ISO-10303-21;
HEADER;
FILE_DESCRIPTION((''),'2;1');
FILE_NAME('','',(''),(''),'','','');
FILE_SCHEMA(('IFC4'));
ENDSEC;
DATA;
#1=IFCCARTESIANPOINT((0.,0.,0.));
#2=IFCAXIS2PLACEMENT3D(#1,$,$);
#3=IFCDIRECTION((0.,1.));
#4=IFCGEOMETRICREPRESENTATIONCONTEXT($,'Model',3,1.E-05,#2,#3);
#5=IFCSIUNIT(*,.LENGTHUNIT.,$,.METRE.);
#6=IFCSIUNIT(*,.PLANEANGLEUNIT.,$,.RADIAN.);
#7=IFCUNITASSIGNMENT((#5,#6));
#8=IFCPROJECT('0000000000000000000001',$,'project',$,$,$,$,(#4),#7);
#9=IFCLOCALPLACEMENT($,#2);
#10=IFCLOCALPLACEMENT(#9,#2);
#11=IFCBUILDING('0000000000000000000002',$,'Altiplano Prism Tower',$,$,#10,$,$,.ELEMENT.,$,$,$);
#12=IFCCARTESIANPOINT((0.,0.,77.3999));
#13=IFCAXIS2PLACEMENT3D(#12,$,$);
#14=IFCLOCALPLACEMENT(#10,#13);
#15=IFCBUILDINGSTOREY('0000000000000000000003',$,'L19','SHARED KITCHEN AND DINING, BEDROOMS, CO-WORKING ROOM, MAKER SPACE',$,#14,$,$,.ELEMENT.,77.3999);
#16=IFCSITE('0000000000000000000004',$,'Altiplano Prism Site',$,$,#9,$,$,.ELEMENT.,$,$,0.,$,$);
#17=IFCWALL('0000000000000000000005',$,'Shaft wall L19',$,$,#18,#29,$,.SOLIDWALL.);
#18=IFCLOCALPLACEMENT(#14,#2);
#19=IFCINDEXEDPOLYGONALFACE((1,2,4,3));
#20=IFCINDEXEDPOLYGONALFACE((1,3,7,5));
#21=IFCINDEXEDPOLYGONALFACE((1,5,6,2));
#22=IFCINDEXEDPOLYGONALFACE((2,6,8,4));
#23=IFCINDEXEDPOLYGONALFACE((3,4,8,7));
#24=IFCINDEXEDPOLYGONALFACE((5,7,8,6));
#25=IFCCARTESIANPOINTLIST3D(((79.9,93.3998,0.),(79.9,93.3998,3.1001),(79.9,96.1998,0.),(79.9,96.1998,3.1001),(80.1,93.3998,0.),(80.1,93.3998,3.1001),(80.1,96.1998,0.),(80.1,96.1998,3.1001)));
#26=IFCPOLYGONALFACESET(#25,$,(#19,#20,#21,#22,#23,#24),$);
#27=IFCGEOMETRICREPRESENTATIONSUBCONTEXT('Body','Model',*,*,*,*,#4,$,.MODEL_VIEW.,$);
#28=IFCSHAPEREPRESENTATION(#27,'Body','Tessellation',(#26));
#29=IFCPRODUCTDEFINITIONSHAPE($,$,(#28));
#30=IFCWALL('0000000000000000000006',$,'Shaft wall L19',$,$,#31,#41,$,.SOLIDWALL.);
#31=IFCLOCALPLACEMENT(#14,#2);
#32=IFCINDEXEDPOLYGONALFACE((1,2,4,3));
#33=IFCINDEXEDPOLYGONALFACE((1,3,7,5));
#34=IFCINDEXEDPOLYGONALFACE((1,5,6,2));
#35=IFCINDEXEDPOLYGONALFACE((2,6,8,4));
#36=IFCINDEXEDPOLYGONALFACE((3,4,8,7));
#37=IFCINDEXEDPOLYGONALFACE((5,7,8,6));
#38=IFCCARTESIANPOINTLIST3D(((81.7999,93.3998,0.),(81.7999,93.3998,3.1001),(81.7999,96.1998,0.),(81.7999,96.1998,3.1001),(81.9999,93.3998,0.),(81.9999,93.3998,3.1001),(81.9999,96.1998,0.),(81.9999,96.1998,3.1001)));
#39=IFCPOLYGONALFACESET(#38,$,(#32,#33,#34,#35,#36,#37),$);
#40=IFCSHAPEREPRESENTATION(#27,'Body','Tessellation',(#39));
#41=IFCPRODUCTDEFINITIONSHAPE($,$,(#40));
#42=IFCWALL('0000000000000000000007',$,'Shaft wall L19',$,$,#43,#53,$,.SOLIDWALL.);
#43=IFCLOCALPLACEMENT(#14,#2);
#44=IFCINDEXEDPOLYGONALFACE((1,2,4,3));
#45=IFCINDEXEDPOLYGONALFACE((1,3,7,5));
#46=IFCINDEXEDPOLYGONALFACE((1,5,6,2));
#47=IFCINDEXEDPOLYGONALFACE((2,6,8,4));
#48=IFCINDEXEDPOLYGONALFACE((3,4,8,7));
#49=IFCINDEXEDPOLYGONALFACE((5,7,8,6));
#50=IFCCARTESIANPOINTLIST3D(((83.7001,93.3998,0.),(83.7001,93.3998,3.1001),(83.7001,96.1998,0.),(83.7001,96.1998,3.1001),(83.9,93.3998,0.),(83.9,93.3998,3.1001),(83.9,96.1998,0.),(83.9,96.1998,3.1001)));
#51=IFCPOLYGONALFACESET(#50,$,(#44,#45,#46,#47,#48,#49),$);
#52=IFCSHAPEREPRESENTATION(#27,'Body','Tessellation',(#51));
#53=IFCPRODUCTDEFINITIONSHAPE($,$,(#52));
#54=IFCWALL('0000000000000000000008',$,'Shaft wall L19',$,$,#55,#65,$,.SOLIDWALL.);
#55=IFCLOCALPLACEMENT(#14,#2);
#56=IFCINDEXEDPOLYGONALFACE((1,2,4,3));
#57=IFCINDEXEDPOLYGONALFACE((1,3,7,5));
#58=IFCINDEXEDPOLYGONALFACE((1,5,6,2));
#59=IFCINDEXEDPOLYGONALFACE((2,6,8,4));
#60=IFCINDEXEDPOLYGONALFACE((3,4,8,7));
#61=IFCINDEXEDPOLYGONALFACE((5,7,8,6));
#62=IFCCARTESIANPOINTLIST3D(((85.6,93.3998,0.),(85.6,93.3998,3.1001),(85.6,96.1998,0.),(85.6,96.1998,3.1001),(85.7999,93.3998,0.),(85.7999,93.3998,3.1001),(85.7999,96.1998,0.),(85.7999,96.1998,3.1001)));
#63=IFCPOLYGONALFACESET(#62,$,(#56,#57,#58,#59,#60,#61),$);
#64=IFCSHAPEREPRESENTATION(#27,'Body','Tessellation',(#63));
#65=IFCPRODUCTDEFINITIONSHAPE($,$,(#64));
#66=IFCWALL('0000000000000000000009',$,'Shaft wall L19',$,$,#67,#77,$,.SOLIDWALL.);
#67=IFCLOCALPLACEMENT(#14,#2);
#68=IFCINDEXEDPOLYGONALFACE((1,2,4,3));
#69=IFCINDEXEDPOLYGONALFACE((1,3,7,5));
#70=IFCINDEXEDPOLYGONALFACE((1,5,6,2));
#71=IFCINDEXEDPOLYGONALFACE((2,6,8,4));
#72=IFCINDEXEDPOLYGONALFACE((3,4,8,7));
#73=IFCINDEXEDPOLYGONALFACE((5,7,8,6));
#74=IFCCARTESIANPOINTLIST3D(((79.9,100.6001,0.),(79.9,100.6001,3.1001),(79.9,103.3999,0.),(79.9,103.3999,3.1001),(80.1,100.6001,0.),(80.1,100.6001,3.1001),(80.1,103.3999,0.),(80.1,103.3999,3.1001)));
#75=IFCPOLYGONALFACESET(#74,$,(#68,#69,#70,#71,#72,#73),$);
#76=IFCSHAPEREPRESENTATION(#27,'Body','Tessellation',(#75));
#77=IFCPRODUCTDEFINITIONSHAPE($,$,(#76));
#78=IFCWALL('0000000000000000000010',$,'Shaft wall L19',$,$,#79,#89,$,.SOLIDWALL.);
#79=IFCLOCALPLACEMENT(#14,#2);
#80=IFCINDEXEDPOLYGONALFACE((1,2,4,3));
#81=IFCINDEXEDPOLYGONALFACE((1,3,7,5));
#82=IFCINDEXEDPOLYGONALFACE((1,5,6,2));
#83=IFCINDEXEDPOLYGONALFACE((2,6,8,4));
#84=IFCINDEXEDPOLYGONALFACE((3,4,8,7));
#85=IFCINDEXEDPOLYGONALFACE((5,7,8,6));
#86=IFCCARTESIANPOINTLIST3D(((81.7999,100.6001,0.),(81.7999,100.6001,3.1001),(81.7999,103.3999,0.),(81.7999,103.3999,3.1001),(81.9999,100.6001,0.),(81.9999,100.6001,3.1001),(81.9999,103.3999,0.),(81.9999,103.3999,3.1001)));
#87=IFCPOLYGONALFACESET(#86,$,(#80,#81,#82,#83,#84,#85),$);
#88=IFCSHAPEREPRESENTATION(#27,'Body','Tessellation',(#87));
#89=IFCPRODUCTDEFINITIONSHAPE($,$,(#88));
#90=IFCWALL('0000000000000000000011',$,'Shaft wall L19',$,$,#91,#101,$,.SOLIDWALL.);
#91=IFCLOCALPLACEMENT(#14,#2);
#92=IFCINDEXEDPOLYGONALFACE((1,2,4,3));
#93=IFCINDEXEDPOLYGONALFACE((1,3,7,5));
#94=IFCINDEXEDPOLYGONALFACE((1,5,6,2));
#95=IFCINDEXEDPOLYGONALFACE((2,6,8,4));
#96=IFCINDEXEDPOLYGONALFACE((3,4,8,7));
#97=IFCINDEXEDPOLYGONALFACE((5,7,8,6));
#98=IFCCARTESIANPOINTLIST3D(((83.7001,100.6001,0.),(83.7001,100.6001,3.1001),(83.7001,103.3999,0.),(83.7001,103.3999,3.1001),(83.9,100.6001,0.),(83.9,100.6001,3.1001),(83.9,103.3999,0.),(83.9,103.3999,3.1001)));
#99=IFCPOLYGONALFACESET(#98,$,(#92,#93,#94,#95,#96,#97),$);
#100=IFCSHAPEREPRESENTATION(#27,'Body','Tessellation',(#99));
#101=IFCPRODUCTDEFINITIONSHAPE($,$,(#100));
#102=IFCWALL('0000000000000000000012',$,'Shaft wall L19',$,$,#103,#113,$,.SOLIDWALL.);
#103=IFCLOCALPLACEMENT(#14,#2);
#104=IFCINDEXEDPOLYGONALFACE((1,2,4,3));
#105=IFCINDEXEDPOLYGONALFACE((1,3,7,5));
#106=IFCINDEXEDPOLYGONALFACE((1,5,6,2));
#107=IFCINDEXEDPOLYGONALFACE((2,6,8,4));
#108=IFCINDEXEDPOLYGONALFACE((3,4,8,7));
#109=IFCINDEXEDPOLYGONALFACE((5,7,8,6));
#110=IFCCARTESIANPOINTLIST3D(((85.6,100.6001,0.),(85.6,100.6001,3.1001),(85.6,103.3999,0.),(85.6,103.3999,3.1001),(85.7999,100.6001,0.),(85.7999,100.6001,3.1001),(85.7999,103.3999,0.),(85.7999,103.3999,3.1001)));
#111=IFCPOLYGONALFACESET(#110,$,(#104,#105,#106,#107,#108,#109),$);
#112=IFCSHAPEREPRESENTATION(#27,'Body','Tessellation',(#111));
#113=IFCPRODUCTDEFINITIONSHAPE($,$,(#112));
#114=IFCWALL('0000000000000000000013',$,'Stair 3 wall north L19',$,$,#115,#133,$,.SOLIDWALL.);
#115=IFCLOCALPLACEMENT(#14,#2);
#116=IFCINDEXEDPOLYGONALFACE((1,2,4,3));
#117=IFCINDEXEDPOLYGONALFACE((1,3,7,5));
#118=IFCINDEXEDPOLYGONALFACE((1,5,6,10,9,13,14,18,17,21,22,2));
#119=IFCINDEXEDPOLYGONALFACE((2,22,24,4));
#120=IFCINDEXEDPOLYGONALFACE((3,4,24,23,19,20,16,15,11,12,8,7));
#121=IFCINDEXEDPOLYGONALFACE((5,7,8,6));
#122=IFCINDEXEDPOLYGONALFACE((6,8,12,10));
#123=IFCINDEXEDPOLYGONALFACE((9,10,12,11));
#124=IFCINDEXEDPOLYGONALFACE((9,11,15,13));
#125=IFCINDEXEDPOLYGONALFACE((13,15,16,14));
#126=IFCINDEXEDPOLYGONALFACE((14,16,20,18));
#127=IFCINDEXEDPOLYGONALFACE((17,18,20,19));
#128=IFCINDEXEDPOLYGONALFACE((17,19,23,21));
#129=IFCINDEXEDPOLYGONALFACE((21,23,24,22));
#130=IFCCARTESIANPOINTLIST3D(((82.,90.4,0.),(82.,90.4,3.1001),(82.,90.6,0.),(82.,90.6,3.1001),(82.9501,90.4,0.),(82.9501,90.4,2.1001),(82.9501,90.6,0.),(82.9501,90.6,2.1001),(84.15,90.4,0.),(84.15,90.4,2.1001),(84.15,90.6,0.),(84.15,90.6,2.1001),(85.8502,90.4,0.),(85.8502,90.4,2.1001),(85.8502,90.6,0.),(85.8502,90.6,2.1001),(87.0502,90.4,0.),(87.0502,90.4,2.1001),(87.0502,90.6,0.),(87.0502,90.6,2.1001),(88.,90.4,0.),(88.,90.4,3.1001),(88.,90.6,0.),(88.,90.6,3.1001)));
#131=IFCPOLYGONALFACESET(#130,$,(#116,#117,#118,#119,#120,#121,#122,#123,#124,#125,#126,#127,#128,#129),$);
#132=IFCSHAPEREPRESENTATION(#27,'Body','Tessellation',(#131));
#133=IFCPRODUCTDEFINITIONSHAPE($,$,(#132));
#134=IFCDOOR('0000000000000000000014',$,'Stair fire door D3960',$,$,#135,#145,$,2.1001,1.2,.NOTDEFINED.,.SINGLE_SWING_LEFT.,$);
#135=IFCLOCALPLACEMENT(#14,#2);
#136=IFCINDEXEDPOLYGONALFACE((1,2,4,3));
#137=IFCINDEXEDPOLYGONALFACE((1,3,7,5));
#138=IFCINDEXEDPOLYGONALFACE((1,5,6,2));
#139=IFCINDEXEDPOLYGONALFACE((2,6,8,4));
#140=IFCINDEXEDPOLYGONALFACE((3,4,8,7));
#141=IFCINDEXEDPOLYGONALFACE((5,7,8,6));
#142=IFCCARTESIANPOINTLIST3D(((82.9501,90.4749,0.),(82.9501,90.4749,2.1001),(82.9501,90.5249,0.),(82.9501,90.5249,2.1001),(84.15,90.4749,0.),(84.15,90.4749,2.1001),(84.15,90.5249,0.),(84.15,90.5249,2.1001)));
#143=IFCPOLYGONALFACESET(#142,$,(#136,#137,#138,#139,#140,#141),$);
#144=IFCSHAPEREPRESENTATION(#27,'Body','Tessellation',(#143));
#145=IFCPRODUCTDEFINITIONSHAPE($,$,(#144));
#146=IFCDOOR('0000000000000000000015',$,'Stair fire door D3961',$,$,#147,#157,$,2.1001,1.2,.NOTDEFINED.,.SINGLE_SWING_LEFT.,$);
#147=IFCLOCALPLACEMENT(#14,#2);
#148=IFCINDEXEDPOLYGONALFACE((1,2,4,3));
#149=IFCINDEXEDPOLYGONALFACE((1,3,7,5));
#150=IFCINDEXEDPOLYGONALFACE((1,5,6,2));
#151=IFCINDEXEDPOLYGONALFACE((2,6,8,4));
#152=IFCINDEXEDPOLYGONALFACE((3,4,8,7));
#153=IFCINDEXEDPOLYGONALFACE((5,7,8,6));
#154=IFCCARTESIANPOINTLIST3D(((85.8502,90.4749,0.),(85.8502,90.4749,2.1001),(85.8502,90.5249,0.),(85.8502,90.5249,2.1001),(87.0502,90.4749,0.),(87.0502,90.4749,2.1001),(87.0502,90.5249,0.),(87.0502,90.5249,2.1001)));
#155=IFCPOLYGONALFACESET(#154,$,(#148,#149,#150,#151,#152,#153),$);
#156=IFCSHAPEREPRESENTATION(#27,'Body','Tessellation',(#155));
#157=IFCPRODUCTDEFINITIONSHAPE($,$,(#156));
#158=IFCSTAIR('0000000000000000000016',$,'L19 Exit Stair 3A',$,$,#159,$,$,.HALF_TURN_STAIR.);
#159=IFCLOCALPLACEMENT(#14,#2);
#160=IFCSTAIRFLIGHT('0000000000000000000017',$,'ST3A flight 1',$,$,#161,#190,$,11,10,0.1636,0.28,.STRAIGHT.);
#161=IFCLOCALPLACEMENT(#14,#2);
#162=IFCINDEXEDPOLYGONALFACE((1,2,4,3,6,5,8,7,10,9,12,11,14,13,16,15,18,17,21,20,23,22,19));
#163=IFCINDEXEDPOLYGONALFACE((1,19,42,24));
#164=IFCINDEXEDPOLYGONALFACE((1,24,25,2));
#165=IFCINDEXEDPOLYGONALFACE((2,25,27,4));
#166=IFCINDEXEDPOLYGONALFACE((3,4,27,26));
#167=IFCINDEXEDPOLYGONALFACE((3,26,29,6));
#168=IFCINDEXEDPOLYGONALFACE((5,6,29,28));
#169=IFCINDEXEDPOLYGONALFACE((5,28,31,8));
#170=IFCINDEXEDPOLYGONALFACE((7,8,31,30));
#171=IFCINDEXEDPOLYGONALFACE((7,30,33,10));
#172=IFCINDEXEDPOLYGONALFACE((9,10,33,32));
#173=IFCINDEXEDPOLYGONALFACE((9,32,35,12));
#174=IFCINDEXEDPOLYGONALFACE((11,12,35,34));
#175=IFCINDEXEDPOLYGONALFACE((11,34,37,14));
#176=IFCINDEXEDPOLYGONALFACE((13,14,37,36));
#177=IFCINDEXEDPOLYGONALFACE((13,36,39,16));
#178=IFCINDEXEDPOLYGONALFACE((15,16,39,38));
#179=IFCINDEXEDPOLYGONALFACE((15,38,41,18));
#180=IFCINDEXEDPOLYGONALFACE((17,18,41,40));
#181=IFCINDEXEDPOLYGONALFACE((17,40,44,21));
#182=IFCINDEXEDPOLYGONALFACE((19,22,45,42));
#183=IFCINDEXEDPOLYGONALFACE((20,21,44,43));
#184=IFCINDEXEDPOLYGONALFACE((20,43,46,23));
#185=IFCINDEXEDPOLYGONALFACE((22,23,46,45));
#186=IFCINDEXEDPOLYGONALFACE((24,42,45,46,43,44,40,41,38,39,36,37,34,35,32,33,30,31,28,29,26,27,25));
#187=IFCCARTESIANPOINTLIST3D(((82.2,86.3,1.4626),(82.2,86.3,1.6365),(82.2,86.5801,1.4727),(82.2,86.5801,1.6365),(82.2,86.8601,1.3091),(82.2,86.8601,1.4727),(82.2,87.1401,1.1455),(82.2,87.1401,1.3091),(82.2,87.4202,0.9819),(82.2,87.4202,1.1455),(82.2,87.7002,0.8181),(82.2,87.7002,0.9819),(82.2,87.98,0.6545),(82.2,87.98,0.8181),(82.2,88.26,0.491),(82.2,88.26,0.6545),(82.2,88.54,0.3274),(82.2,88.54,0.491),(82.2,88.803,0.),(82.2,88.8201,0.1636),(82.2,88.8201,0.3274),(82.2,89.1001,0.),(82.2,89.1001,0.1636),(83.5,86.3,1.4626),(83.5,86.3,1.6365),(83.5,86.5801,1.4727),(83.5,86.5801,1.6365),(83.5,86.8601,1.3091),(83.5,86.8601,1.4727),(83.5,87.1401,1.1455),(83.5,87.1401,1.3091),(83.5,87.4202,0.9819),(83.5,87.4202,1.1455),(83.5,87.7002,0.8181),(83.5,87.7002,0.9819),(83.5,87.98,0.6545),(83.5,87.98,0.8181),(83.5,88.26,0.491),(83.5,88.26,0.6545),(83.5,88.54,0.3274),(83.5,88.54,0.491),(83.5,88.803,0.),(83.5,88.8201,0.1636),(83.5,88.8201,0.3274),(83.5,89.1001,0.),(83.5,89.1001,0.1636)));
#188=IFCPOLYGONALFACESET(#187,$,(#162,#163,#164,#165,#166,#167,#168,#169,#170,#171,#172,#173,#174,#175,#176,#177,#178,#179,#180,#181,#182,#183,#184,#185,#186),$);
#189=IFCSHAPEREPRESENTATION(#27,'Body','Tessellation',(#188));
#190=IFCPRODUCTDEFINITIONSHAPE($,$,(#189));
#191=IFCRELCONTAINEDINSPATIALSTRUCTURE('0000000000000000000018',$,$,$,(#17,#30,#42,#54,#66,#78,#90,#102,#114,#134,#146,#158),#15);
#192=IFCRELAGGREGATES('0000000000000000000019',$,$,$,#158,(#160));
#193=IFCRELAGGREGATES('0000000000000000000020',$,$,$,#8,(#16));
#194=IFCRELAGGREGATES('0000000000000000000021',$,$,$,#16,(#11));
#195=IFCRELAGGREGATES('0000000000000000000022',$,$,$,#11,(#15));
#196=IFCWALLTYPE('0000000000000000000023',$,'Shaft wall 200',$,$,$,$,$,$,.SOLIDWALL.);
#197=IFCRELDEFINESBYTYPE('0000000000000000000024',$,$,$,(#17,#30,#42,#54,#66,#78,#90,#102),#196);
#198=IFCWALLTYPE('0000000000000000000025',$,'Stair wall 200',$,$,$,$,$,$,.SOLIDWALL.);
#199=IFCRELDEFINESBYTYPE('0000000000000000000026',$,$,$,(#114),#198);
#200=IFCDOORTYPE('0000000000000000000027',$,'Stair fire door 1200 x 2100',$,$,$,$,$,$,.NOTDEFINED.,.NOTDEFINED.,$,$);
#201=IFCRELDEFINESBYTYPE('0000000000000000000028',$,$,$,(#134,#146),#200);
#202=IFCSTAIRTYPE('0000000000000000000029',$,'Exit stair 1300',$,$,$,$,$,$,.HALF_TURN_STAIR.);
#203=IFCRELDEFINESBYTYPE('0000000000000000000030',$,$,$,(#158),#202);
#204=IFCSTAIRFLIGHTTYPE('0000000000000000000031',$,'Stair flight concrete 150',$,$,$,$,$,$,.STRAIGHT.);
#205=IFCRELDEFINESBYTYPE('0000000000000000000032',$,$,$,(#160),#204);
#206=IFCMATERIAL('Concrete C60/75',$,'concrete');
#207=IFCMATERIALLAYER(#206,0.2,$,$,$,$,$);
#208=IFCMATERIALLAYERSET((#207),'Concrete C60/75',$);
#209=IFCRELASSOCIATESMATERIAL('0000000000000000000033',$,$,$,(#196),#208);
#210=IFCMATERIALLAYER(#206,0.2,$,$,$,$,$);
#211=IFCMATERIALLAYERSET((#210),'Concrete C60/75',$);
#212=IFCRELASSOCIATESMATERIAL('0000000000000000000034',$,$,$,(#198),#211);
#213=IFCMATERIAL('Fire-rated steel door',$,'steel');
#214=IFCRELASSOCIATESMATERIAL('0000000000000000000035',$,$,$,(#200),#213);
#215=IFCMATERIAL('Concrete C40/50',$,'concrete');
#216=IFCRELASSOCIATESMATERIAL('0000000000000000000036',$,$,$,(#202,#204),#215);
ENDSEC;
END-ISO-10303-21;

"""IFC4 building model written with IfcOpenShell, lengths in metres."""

from ifc_helpers import new_model, si_unit, direction, frame, frame_2d, origin, place, context, subcontext, project, spatial, polyline, rectangle, outline, extrude, material, layer, layer_set, type_object, element, fill, aggregate, save


model = new_model("IFC4")

# Units and contexts
model_context = context("Model", 3, precision=1e-05, world=origin(), true_north=direction((0.0, 1.0)))
body_context = subcontext(model_context, "Body", "Model", "MODEL_VIEW")
ifc_project = project(units=[si_unit("LENGTHUNIT", "METRE"), si_unit("PLANEANGLEUNIT", "RADIAN")], contexts=[model_context])

# Site, building, storey
site_placement = place(None, origin())
site = spatial("IfcSite", under=ifc_project, at=site_placement, Name="Altiplano Prism Site", CompositionType="ELEMENT", RefElevation=0.0)
building_placement = place(site_placement, origin())
building = spatial("IfcBuilding", under=site, at=building_placement, Name="Altiplano Prism Tower", CompositionType="ELEMENT")
storey_placement = place(building_placement, frame((0.0, 0.0, 77.3999)))
storey = spatial("IfcBuildingStorey", under=building, at=storey_placement, Name="L19", Description="SHARED KITCHEN AND DINING, BEDROOMS, CO-WORKING ROOM, MAKER SPACE", CompositionType="ELEMENT", Elevation=77.3999)

# Walls
ifc_material_1 = material(Name="Concrete C60/75", Category="concrete")
ifc_layer_1 = layer(ifc_material_1, 0.2)
ifc_layer_set_1 = layer_set([ifc_layer_1], Name="Concrete C60/75")
wall_type_1 = type_object("IfcWallType", Name="Shaft wall 200", PredefinedType="SOLIDWALL", material=ifc_layer_set_1)
for number, where, z_axis, x_axis, name in (
    (1, (80.0, 93.3999, 0.0), (0.0, 0.0, 1.0), (0.0, 1.0, 0.0), "Shaft wall L19"),
    (2, (81.8999, 93.3999, 0.0), (0.0, 0.0, 1.0), (0.0, 1.0, 0.0), "Shaft wall L19"),
    (3, (83.8, 93.3999, 0.0), (0.0, 0.0, 1.0), (0.0, 1.0, 0.0), "Shaft wall L19"),
    (4, (85.7, 93.3999, 0.0), (0.0, 0.0, 1.0), (0.0, 1.0, 0.0), "Shaft wall L19"),
):
    element("IfcWall", number, at=place(storey_placement, frame(where, z_axis=z_axis, x_axis=x_axis)), inside=storey, type_object=wall_type_1, Name=name, PredefinedType="SOLIDWALL", context=body_context, shape_type="SweptSolid", body=[
        extrude(rectangle(XDim=2.8, YDim=0.2, at=frame_2d((1.3999, 0.0))), origin(), (0.0, 0.0, 1.0), 3.1001),
    ])
for number, where, z_axis, x_axis, name in (
    (5, (80.0, 100.6001, 0.0), (0.0, 0.0, 1.0), (0.0, 1.0, 0.0), "Shaft wall L19"),
    (6, (81.8999, 100.6001, 0.0), (0.0, 0.0, 1.0), (0.0, 1.0, 0.0), "Shaft wall L19"),
    (7, (83.8, 100.6001, 0.0), (0.0, 0.0, 1.0), (0.0, 1.0, 0.0), "Shaft wall L19"),
    (8, (85.7, 100.6001, 0.0), (0.0, 0.0, 1.0), (0.0, 1.0, 0.0), "Shaft wall L19"),
):
    element("IfcWall", number, at=place(storey_placement, frame(where, z_axis=z_axis, x_axis=x_axis)), inside=storey, type_object=wall_type_1, Name=name, PredefinedType="SOLIDWALL", context=body_context, shape_type="SweptSolid", body=[
        extrude(rectangle(XDim=2.7998, YDim=0.2, at=frame_2d((1.3999, 0.0))), origin(), (0.0, 0.0, 1.0), 3.1001),
    ])

# Wall, openings, doors
ifc_layer_2 = layer(ifc_material_1, 0.2)
ifc_layer_set_2 = layer_set([ifc_layer_2], Name="Concrete C60/75")
wall_type_2 = type_object("IfcWallType", Name="Stair wall 200", PredefinedType="SOLIDWALL", material=ifc_layer_set_2)
wall_placement = place(storey_placement, frame((82.0, 90.5, 0.0), z_axis=(0.0, 0.0, 1.0), x_axis=(1.0, 0.0, 0.0)))
wall = element("IfcWall", 9, at=wall_placement, inside=storey, type_object=wall_type_2, Name="Stair 3 wall north L19", PredefinedType="SOLIDWALL", context=body_context, shape_type="SweptSolid", body=[
    extrude(rectangle(XDim=6.0, YDim=0.2, at=frame_2d((3.0, 0.0))), origin(), (0.0, 0.0, 1.0), 3.1001),
])
opening_1_placement = place(wall_placement, frame((0.95, 0.0, 0.0)))
opening_1 = element("IfcOpeningElement", 10, at=opening_1_placement, cuts=wall, PredefinedType="OPENING", context=body_context, shape_type="SweptSolid", body=[
    extrude(rectangle(XDim=1.2, YDim=2.1001, at=frame_2d((0.6001, 1.05))), frame((0.0, 0.1104, 0.0), z_axis=(0.0, -1.0, 0.0), x_axis=(1.0, 0.0, 0.0)), (0.0, 0.0, 1.0), 0.2209),
])
opening_2_placement = place(wall_placement, frame((3.8501, 0.0, 0.0)))
opening_2 = element("IfcOpeningElement", 11, at=opening_2_placement, cuts=wall, PredefinedType="OPENING", context=body_context, shape_type="SweptSolid", body=[
    extrude(rectangle(XDim=1.2, YDim=2.1001, at=frame_2d((0.6001, 1.05))), frame((0.0, 0.1104, 0.0), z_axis=(0.0, -1.0, 0.0), x_axis=(1.0, 0.0, 0.0)), (0.0, 0.0, 1.0), 0.2209),
])
ifc_material_2 = material(Name="Fire-rated steel door", Category="steel")
door_type = type_object("IfcDoorType", Name="Stair fire door 1200 x 2100", OperationType="NOTDEFINED", PredefinedType="NOTDEFINED", material=ifc_material_2)
door_1_placement = place(opening_1_placement, origin())
door_1 = element("IfcDoor", 12, at=door_1_placement, inside=storey, type_object=door_type, Name="Stair fire door D3960", OperationType="SINGLE_SWING_LEFT", OverallHeight=2.1001, OverallWidth=1.2, PredefinedType="NOTDEFINED", context=body_context, shape_type="SweptSolid", body=[
    extrude(rectangle(XDim=1.2, YDim=2.1001, at=frame_2d((0.6001, 1.05))), frame((0.0, 0.0249, 0.0), z_axis=(0.0, -1.0, 0.0), x_axis=(1.0, 0.0, 0.0)), (0.0, 0.0, 1.0), 0.05),
])
fill(opening_1, door_1)
door_2_placement = place(opening_2_placement, origin())
door_2 = element("IfcDoor", 13, at=door_2_placement, inside=storey, type_object=door_type, Name="Stair fire door D3961", OperationType="SINGLE_SWING_LEFT", OverallHeight=2.1001, OverallWidth=1.2, PredefinedType="NOTDEFINED", context=body_context, shape_type="SweptSolid", body=[
    extrude(rectangle(XDim=1.2, YDim=2.1001, at=frame_2d((0.6001, 1.05))), frame((0.0, 0.0249, 0.0), z_axis=(0.0, -1.0, 0.0), x_axis=(1.0, 0.0, 0.0)), (0.0, 0.0, 1.0), 0.05),
])
fill(opening_2, door_2)

# Stair, stair flight
ifc_material_3 = material(Name="Concrete C40/50", Category="concrete")
stair_type = type_object("IfcStairType", Name="Exit stair 1300", PredefinedType="HALF_TURN_STAIR", material=ifc_material_3)
stair_1_placement = place(storey_placement, origin())
stair_1 = element("IfcStair", 14, at=stair_1_placement, inside=storey, type_object=stair_type, Name="L19 Exit Stair 3A", PredefinedType="HALF_TURN_STAIR")
stair_flight_type = type_object("IfcStairFlightType", Name="Stair flight concrete 150", PredefinedType="STRAIGHT", material=ifc_material_3)
stair_flight_1_placement = place(storey_placement, frame((82.8501, 89.1001, 0.0), z_axis=(0.0, 0.0, 1.0), x_axis=(0.0, -1.0, 0.0)))
stair_flight_1 = element("IfcStairFlight", 15, at=stair_flight_1_placement, type_object=stair_flight_type, Name="ST3A flight 1", NumberOfRisers=11, NumberOfTreads=10, PredefinedType="STRAIGHT", RiserHeight=0.1636, TreadLength=0.28, context=body_context, shape_type="SweptSolid", body=[
    extrude(outline(polyline([(0.0, 0.0), (0.0, 0.1636), (0.28, 0.1636), (0.28, 0.3274), (0.5601, 0.3274), (0.5601, 0.491), (0.8401, 0.491), (0.8401, 0.6545), (1.1201, 0.6545), (1.1201, 0.8181), (1.3999, 0.8181), (1.3999, 0.9819), (1.6799, 0.9819), (1.6799, 1.1455), (1.96, 1.1455), (1.96, 1.3091), (2.24, 1.3091), (2.24, 1.4727), (2.52, 1.4727), (2.52, 1.6365), (2.8, 1.6365), (2.8, 1.8), (2.8, 1.4626), (0.2971, 0.0), (0.0, 0.0)])), frame((0.0, 0.6499, 0.0), z_axis=(0.0, -1.0, 0.0), x_axis=(1.0, 0.0, 0.0)), (0.0, 0.0, 1.0), 1.3),
])
aggregate(stair_1, [stair_flight_1])

save(model, "model.ifc")
